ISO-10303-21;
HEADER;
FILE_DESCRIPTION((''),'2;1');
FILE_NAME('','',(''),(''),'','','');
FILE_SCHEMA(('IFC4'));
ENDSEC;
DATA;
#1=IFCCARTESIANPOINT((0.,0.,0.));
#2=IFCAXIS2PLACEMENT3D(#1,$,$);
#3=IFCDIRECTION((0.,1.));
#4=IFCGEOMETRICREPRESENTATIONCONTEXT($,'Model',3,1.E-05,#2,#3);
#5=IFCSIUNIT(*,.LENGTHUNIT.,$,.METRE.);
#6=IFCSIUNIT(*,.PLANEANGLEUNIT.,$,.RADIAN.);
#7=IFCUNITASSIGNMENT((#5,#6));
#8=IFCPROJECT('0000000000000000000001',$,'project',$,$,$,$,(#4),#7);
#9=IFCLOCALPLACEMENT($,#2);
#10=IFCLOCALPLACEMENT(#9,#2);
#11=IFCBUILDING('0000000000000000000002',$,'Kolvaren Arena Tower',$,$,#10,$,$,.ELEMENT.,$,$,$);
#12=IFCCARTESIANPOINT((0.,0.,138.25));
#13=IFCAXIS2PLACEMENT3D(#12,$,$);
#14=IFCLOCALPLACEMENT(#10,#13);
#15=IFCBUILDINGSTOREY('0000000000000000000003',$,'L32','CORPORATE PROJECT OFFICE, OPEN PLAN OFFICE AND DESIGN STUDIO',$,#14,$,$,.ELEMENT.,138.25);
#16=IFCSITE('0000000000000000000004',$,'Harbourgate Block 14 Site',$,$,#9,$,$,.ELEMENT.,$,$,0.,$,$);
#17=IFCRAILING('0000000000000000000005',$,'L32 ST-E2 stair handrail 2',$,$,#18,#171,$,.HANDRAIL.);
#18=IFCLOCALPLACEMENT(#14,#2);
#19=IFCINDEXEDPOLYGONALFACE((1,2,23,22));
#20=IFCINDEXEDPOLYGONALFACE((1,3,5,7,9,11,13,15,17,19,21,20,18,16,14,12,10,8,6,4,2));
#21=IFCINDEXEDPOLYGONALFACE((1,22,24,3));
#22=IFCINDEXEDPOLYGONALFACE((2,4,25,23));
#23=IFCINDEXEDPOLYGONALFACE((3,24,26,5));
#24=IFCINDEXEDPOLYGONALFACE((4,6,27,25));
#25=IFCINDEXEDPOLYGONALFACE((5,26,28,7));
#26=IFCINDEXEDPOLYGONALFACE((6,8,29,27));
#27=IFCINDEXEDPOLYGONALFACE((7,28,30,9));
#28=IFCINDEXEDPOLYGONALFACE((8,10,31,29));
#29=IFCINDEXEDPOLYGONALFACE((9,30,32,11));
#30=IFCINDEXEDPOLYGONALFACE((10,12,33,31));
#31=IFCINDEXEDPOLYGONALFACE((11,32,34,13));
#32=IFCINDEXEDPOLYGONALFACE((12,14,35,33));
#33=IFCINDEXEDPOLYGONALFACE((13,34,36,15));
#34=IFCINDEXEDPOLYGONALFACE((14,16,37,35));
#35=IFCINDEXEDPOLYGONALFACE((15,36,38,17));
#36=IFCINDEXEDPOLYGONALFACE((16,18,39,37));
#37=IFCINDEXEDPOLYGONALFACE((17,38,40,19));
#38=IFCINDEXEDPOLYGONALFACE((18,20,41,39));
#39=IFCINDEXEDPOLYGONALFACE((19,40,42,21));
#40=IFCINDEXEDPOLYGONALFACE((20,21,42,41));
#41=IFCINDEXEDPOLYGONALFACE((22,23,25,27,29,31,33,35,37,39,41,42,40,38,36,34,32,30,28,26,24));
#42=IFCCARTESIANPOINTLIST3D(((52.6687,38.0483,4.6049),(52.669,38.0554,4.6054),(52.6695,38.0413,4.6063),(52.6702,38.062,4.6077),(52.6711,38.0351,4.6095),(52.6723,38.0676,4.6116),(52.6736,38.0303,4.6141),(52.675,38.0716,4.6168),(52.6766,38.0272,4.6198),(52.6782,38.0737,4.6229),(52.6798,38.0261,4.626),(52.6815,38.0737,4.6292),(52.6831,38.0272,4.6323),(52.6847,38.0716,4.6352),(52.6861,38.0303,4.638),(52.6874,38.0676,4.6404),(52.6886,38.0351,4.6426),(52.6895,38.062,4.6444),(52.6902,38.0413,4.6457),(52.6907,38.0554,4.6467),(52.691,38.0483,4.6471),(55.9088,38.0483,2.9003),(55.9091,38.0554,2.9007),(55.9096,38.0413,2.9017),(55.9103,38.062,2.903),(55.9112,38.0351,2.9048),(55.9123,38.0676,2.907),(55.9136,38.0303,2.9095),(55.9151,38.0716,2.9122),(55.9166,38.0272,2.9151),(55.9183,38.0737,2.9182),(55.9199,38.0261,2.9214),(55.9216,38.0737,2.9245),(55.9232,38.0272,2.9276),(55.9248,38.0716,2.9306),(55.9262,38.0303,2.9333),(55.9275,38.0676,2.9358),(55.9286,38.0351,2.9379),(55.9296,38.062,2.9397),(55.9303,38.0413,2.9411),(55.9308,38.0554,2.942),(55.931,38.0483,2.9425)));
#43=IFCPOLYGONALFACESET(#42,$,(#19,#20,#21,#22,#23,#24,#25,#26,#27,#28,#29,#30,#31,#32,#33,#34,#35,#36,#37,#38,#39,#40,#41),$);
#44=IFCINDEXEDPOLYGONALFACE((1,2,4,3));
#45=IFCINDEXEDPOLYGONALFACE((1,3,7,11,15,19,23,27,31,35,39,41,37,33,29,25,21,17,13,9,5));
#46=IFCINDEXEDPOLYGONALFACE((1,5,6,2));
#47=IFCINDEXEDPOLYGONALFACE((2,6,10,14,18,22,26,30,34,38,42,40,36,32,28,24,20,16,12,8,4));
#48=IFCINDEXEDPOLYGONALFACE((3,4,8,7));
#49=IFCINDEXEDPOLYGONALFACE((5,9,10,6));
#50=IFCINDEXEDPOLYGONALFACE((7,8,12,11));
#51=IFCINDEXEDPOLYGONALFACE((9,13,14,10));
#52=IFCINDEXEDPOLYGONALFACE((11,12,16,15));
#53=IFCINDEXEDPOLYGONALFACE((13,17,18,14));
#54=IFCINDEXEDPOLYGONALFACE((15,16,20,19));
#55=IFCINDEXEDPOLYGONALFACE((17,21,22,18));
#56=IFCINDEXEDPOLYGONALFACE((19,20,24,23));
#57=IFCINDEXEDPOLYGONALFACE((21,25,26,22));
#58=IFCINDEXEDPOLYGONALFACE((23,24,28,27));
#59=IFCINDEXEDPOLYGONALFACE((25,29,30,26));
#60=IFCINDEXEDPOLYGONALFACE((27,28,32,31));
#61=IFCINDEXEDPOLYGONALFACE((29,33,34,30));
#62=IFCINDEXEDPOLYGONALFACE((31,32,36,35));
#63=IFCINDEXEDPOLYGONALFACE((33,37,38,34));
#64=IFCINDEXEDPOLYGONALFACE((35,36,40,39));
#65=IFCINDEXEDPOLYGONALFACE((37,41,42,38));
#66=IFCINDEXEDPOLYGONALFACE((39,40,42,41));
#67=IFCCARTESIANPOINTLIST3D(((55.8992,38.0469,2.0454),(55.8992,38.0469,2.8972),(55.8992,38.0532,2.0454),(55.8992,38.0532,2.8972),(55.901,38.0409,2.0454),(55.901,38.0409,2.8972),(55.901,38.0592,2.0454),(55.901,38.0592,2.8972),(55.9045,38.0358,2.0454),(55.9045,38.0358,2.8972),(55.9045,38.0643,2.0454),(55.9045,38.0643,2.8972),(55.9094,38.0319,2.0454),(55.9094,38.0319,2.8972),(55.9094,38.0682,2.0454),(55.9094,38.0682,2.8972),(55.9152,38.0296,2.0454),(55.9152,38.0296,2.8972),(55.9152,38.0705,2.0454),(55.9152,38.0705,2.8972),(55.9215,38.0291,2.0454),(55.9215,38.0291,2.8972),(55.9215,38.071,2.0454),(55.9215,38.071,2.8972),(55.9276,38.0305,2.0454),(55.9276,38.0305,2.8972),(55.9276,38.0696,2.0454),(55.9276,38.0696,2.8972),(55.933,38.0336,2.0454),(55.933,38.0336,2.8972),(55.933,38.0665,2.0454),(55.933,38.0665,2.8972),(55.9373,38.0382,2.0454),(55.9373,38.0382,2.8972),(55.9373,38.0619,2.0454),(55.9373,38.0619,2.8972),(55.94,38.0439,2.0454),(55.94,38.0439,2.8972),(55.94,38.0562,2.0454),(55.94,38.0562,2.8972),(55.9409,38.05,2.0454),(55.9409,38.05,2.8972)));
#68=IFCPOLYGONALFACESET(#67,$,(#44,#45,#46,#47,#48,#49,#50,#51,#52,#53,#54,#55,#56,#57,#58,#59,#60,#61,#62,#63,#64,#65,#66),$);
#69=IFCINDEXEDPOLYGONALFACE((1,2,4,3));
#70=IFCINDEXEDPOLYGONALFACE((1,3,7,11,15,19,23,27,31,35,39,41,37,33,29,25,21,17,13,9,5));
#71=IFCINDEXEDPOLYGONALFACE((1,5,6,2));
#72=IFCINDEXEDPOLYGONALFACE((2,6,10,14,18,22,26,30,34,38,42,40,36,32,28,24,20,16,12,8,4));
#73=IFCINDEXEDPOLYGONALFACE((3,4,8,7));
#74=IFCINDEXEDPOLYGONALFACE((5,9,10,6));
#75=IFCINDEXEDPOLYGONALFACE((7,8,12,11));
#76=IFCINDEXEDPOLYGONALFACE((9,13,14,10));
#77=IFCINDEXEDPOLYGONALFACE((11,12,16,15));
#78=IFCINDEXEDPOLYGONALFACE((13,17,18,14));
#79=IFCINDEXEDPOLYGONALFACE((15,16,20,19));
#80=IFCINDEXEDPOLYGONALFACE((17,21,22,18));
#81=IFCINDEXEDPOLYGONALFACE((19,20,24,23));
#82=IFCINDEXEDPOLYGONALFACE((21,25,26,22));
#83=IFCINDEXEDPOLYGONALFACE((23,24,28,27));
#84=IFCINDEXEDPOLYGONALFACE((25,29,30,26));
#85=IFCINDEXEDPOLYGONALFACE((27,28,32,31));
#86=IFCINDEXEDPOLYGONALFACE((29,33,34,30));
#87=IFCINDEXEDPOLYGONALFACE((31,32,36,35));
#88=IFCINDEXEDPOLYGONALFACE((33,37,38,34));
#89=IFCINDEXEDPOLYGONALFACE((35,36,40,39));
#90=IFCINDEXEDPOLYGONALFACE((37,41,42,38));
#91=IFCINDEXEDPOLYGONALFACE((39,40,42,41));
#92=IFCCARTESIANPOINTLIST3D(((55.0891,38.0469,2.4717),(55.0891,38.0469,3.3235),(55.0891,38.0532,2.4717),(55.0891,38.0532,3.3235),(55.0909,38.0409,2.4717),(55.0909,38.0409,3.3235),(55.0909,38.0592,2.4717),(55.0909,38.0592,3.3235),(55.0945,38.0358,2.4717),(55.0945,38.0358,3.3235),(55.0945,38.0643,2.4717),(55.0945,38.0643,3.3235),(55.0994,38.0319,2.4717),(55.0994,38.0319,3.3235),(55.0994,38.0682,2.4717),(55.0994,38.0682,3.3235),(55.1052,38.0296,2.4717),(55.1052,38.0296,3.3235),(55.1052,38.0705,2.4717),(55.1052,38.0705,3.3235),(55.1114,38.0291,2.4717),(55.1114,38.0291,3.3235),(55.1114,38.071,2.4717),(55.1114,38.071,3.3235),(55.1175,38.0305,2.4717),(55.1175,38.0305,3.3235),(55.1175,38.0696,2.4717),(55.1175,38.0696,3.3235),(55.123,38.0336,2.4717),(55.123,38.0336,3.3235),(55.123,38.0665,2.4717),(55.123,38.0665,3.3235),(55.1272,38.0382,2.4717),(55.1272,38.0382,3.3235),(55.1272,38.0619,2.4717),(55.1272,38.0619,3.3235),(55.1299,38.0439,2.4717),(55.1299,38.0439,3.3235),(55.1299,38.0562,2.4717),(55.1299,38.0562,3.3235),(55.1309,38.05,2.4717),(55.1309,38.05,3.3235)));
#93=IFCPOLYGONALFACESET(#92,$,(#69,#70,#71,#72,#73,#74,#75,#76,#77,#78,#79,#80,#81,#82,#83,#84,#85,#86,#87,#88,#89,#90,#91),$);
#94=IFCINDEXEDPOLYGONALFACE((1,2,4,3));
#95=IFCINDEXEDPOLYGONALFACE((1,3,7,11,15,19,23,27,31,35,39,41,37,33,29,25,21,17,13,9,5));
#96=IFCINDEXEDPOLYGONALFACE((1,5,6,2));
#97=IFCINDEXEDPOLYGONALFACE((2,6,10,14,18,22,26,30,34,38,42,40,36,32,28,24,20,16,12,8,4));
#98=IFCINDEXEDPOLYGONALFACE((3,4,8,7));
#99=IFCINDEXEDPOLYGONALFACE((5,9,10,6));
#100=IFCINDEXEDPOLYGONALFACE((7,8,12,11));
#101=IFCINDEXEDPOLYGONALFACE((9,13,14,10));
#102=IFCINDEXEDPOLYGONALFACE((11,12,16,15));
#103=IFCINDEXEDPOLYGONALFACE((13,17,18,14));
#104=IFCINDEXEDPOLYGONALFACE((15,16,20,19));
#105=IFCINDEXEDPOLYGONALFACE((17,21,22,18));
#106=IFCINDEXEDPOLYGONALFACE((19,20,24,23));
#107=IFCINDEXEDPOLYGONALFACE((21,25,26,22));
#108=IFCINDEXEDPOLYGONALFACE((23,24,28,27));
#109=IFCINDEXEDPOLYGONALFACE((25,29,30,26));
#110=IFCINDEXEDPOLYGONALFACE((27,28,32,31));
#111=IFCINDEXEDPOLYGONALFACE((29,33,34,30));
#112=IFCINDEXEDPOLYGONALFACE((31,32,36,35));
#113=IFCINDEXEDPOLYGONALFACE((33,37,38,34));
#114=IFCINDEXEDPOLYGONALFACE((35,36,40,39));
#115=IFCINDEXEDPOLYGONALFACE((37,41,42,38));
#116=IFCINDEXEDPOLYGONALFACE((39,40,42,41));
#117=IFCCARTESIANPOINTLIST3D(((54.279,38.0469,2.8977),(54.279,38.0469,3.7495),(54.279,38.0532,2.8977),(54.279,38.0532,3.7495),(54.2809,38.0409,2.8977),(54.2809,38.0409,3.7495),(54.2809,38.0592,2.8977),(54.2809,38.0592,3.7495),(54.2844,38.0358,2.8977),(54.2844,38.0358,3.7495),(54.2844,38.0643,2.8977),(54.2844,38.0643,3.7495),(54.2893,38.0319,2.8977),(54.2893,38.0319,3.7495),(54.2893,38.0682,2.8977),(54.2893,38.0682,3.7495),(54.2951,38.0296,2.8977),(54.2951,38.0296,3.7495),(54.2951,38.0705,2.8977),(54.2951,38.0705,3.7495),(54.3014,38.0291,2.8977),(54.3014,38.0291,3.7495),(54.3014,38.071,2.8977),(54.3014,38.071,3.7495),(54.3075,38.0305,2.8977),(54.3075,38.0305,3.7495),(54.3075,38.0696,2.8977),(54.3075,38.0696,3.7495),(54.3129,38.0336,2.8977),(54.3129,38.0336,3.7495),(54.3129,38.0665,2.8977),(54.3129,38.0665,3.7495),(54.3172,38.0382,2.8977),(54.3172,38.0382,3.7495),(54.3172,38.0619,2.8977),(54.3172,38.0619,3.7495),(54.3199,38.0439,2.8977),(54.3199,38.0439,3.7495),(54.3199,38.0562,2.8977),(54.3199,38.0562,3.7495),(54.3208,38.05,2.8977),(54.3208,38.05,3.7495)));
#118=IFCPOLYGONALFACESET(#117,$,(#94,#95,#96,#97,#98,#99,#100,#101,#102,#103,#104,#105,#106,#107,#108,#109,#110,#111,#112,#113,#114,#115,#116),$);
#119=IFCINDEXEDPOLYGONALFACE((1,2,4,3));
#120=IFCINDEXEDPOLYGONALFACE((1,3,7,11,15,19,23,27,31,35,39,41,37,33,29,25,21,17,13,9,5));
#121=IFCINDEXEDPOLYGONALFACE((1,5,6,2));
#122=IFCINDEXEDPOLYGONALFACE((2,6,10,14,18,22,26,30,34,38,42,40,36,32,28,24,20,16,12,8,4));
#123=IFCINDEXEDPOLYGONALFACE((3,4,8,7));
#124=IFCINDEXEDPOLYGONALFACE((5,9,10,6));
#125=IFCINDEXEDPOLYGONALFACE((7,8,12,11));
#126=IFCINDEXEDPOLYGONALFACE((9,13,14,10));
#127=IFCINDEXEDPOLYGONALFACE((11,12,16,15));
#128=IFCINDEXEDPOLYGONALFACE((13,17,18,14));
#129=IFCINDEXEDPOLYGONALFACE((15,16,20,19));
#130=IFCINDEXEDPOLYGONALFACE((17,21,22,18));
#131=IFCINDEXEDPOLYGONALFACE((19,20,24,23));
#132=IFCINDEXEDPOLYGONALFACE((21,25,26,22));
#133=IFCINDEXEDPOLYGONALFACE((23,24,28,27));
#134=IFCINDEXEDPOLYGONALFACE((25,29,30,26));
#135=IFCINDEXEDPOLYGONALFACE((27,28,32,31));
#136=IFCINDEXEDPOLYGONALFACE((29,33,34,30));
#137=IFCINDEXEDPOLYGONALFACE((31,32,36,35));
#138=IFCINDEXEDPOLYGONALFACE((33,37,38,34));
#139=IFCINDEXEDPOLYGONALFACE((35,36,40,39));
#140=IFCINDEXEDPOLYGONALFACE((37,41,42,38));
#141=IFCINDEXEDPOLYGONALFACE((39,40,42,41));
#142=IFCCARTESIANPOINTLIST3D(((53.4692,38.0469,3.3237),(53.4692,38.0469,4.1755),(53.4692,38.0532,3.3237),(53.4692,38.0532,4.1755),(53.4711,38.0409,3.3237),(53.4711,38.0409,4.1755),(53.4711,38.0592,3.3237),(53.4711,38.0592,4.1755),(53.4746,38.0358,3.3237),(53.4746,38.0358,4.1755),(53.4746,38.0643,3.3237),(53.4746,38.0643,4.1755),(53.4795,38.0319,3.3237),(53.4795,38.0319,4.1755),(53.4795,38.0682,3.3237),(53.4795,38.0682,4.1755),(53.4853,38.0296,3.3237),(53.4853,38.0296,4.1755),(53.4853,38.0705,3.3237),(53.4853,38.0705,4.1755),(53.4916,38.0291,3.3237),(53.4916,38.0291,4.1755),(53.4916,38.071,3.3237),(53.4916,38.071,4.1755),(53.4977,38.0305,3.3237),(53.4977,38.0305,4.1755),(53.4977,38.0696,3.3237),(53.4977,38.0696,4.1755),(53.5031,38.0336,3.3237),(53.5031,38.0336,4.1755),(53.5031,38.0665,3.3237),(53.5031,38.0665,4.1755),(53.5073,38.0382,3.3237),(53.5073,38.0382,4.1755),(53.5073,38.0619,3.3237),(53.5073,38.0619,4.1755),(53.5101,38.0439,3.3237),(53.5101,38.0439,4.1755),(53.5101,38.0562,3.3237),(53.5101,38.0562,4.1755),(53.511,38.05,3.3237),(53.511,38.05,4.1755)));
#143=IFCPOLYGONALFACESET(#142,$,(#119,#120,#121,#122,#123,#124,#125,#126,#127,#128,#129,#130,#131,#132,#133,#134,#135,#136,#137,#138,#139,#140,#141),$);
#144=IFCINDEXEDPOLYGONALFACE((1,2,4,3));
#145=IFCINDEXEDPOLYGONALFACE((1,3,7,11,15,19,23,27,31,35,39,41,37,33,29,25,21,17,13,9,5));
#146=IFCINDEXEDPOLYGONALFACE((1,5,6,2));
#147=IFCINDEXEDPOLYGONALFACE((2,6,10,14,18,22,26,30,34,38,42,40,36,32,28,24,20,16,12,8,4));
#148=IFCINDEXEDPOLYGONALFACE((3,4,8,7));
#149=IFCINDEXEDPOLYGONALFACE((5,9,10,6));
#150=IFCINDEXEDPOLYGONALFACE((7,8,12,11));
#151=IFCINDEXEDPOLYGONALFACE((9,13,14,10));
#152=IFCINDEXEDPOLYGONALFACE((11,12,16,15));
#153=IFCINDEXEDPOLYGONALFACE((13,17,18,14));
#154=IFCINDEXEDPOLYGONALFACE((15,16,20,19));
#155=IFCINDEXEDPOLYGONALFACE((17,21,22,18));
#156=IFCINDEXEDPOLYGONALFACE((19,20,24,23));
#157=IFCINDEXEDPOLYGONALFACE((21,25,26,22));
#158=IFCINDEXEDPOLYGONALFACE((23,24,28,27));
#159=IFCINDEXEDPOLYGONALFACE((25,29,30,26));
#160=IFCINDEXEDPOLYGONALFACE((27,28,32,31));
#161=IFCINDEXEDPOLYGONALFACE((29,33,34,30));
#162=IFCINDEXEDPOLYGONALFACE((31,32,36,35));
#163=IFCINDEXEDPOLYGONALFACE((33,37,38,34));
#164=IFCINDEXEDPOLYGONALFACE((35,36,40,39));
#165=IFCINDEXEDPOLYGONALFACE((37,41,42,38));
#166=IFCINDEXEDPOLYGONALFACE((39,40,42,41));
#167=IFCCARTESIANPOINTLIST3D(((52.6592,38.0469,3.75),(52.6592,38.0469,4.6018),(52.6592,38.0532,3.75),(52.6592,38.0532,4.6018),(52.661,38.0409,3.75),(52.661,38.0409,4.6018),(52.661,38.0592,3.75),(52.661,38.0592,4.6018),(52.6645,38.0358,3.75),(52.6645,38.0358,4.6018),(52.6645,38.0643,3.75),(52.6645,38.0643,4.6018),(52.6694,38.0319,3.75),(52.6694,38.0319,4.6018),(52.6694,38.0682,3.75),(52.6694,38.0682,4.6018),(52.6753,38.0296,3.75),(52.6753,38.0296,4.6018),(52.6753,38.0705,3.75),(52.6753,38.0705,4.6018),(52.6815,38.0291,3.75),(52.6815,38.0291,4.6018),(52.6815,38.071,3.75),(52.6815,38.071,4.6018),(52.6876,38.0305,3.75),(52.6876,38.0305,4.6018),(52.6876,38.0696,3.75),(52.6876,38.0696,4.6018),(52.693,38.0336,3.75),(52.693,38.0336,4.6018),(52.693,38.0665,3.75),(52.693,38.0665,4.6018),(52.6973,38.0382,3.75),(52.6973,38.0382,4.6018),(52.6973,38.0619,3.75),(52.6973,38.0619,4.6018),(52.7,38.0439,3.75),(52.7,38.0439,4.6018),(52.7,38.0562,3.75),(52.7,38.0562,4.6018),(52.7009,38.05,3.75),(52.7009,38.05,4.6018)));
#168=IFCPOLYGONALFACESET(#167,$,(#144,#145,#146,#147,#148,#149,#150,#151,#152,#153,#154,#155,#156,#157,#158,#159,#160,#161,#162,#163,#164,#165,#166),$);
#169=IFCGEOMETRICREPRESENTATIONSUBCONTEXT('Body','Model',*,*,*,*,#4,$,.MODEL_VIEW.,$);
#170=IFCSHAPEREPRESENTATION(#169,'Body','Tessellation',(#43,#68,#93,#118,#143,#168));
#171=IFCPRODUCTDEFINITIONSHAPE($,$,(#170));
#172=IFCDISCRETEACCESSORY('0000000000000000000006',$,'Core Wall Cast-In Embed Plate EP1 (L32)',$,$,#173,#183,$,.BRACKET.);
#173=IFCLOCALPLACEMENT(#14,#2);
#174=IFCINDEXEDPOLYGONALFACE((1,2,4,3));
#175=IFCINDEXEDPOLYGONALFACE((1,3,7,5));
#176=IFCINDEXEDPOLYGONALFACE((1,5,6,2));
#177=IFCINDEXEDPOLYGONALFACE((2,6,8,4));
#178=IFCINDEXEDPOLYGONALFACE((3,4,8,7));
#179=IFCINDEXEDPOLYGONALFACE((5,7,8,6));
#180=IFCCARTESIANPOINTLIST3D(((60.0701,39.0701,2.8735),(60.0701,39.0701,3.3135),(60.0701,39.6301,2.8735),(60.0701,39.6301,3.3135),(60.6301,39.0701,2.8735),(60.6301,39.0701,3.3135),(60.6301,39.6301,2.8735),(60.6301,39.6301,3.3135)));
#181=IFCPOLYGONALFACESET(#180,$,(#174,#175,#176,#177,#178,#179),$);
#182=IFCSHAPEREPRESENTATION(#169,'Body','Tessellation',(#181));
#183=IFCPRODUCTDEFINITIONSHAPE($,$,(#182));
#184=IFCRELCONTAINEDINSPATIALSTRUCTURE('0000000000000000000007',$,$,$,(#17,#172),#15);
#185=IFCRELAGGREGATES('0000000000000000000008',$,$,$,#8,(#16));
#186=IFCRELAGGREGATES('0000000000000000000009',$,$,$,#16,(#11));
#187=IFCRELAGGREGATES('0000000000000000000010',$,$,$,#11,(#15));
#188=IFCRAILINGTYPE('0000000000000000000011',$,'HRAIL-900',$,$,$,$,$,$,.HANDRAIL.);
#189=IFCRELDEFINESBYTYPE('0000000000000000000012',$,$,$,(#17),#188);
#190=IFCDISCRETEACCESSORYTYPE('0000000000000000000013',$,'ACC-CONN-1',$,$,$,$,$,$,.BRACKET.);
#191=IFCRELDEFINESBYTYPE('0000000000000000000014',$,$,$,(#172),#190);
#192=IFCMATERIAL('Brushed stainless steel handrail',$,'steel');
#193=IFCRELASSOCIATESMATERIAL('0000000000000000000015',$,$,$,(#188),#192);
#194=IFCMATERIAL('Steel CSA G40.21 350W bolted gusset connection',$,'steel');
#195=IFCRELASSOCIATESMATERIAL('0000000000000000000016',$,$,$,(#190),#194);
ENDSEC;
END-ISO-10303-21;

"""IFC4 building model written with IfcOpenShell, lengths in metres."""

from ifc_helpers import new_model, si_unit, direction, frame, origin, origin_2d, place, context, subcontext, project, spatial, rectangle, circle, extrude, material, type_object, element, save


model = new_model("IFC4")

# Units and contexts
model_context = context("Model", 3, precision=1e-05, world=origin(), true_north=direction((0.0, 1.0)))
body_context = subcontext(model_context, "Body", "Model", "MODEL_VIEW")
ifc_project = project(units=[si_unit("LENGTHUNIT", "METRE"), si_unit("PLANEANGLEUNIT", "RADIAN")], contexts=[model_context])

# Site, building, storey
site_placement = place(None, origin())
site = spatial("IfcSite", under=ifc_project, at=site_placement, Name="Harbourgate Block 14 Site", CompositionType="ELEMENT", RefElevation=0.0)
building_placement = place(site_placement, origin())
building = spatial("IfcBuilding", under=site, at=building_placement, Name="Kolvaren Arena Tower", CompositionType="ELEMENT")
storey_placement = place(building_placement, frame((0.0, 0.0, 138.25)))
storey = spatial("IfcBuildingStorey", under=building, at=storey_placement, Name="L32", Description="CORPORATE PROJECT OFFICE, OPEN PLAN OFFICE AND DESIGN STUDIO", CompositionType="ELEMENT", Elevation=138.25)

# Railing
ifc_material_1 = material(Name="Brushed stainless steel handrail", Category="steel")
railing_type_1 = type_object("IfcRailingType", Name="HRAIL-900", PredefinedType="HANDRAIL", material=ifc_material_1)
for number, where, name in (
    (1, (55.9199, 38.05, 2.0454), "L32 ST-E2 stair handrail 2"),
):
    element("IfcRailing", number, at=place(storey_placement, frame(where)), inside=storey, type_object=railing_type_1, Name=name, PredefinedType="HANDRAIL", context=body_context, shape_type="SweptSolid", body=[
        extrude(circle(Radius=0.0239, at=origin_2d()), frame((0.0, 0.0, 0.876), z_axis=(-0.884993, 0.0, 0.465604), x_axis=(0.0, -1.0, 0.0)), (0.0, 0.0, 1.0), 3.6611),
        extrude(circle(Radius=0.021, at=origin_2d()), origin(), (0.0, 0.0, 1.0), 0.8518),
        extrude(circle(Radius=0.021, at=origin_2d()), frame((-0.8101, 0.0, 0.4263)), (0.0, 0.0, 1.0), 0.8518),
        extrude(circle(Radius=0.021, at=origin_2d()), frame((-1.6201, 0.0, 0.8523)), (0.0, 0.0, 1.0), 0.8518),
        extrude(circle(Radius=0.021, at=origin_2d()), frame((-2.4299, 0.0, 1.2783)), (0.0, 0.0, 1.0), 0.8518),
        extrude(circle(Radius=0.021, at=origin_2d()), frame((-3.24, 0.0, 1.7046)), (0.0, 0.0, 1.0), 0.8518),
    ])

# Discrete accessory
ifc_material_2 = material(Name="Steel CSA G40.21 350W bolted gusset connection", Category="steel")
discrete_accessory_type = type_object("IfcDiscreteAccessoryType", Name="ACC-CONN-1", PredefinedType="BRACKET", material=ifc_material_2)
discrete_accessory_placement = place(storey_placement, frame((60.3501, 39.3501, 2.8735), z_axis=(0.0, 0.0, 1.0), x_axis=(1.0, 0.0, 0.0)))
element("IfcDiscreteAccessory", 2, at=discrete_accessory_placement, inside=storey, type_object=discrete_accessory_type, Name="Core Wall Cast-In Embed Plate EP1 (L32)", PredefinedType="BRACKET", context=body_context, shape_type="SweptSolid", body=[
    extrude(rectangle(XDim=0.5601, YDim=0.5601, at=origin_2d()), origin(), (0.0, 0.0, 1.0), 0.4399),
])

save(model, "model.ifc")
